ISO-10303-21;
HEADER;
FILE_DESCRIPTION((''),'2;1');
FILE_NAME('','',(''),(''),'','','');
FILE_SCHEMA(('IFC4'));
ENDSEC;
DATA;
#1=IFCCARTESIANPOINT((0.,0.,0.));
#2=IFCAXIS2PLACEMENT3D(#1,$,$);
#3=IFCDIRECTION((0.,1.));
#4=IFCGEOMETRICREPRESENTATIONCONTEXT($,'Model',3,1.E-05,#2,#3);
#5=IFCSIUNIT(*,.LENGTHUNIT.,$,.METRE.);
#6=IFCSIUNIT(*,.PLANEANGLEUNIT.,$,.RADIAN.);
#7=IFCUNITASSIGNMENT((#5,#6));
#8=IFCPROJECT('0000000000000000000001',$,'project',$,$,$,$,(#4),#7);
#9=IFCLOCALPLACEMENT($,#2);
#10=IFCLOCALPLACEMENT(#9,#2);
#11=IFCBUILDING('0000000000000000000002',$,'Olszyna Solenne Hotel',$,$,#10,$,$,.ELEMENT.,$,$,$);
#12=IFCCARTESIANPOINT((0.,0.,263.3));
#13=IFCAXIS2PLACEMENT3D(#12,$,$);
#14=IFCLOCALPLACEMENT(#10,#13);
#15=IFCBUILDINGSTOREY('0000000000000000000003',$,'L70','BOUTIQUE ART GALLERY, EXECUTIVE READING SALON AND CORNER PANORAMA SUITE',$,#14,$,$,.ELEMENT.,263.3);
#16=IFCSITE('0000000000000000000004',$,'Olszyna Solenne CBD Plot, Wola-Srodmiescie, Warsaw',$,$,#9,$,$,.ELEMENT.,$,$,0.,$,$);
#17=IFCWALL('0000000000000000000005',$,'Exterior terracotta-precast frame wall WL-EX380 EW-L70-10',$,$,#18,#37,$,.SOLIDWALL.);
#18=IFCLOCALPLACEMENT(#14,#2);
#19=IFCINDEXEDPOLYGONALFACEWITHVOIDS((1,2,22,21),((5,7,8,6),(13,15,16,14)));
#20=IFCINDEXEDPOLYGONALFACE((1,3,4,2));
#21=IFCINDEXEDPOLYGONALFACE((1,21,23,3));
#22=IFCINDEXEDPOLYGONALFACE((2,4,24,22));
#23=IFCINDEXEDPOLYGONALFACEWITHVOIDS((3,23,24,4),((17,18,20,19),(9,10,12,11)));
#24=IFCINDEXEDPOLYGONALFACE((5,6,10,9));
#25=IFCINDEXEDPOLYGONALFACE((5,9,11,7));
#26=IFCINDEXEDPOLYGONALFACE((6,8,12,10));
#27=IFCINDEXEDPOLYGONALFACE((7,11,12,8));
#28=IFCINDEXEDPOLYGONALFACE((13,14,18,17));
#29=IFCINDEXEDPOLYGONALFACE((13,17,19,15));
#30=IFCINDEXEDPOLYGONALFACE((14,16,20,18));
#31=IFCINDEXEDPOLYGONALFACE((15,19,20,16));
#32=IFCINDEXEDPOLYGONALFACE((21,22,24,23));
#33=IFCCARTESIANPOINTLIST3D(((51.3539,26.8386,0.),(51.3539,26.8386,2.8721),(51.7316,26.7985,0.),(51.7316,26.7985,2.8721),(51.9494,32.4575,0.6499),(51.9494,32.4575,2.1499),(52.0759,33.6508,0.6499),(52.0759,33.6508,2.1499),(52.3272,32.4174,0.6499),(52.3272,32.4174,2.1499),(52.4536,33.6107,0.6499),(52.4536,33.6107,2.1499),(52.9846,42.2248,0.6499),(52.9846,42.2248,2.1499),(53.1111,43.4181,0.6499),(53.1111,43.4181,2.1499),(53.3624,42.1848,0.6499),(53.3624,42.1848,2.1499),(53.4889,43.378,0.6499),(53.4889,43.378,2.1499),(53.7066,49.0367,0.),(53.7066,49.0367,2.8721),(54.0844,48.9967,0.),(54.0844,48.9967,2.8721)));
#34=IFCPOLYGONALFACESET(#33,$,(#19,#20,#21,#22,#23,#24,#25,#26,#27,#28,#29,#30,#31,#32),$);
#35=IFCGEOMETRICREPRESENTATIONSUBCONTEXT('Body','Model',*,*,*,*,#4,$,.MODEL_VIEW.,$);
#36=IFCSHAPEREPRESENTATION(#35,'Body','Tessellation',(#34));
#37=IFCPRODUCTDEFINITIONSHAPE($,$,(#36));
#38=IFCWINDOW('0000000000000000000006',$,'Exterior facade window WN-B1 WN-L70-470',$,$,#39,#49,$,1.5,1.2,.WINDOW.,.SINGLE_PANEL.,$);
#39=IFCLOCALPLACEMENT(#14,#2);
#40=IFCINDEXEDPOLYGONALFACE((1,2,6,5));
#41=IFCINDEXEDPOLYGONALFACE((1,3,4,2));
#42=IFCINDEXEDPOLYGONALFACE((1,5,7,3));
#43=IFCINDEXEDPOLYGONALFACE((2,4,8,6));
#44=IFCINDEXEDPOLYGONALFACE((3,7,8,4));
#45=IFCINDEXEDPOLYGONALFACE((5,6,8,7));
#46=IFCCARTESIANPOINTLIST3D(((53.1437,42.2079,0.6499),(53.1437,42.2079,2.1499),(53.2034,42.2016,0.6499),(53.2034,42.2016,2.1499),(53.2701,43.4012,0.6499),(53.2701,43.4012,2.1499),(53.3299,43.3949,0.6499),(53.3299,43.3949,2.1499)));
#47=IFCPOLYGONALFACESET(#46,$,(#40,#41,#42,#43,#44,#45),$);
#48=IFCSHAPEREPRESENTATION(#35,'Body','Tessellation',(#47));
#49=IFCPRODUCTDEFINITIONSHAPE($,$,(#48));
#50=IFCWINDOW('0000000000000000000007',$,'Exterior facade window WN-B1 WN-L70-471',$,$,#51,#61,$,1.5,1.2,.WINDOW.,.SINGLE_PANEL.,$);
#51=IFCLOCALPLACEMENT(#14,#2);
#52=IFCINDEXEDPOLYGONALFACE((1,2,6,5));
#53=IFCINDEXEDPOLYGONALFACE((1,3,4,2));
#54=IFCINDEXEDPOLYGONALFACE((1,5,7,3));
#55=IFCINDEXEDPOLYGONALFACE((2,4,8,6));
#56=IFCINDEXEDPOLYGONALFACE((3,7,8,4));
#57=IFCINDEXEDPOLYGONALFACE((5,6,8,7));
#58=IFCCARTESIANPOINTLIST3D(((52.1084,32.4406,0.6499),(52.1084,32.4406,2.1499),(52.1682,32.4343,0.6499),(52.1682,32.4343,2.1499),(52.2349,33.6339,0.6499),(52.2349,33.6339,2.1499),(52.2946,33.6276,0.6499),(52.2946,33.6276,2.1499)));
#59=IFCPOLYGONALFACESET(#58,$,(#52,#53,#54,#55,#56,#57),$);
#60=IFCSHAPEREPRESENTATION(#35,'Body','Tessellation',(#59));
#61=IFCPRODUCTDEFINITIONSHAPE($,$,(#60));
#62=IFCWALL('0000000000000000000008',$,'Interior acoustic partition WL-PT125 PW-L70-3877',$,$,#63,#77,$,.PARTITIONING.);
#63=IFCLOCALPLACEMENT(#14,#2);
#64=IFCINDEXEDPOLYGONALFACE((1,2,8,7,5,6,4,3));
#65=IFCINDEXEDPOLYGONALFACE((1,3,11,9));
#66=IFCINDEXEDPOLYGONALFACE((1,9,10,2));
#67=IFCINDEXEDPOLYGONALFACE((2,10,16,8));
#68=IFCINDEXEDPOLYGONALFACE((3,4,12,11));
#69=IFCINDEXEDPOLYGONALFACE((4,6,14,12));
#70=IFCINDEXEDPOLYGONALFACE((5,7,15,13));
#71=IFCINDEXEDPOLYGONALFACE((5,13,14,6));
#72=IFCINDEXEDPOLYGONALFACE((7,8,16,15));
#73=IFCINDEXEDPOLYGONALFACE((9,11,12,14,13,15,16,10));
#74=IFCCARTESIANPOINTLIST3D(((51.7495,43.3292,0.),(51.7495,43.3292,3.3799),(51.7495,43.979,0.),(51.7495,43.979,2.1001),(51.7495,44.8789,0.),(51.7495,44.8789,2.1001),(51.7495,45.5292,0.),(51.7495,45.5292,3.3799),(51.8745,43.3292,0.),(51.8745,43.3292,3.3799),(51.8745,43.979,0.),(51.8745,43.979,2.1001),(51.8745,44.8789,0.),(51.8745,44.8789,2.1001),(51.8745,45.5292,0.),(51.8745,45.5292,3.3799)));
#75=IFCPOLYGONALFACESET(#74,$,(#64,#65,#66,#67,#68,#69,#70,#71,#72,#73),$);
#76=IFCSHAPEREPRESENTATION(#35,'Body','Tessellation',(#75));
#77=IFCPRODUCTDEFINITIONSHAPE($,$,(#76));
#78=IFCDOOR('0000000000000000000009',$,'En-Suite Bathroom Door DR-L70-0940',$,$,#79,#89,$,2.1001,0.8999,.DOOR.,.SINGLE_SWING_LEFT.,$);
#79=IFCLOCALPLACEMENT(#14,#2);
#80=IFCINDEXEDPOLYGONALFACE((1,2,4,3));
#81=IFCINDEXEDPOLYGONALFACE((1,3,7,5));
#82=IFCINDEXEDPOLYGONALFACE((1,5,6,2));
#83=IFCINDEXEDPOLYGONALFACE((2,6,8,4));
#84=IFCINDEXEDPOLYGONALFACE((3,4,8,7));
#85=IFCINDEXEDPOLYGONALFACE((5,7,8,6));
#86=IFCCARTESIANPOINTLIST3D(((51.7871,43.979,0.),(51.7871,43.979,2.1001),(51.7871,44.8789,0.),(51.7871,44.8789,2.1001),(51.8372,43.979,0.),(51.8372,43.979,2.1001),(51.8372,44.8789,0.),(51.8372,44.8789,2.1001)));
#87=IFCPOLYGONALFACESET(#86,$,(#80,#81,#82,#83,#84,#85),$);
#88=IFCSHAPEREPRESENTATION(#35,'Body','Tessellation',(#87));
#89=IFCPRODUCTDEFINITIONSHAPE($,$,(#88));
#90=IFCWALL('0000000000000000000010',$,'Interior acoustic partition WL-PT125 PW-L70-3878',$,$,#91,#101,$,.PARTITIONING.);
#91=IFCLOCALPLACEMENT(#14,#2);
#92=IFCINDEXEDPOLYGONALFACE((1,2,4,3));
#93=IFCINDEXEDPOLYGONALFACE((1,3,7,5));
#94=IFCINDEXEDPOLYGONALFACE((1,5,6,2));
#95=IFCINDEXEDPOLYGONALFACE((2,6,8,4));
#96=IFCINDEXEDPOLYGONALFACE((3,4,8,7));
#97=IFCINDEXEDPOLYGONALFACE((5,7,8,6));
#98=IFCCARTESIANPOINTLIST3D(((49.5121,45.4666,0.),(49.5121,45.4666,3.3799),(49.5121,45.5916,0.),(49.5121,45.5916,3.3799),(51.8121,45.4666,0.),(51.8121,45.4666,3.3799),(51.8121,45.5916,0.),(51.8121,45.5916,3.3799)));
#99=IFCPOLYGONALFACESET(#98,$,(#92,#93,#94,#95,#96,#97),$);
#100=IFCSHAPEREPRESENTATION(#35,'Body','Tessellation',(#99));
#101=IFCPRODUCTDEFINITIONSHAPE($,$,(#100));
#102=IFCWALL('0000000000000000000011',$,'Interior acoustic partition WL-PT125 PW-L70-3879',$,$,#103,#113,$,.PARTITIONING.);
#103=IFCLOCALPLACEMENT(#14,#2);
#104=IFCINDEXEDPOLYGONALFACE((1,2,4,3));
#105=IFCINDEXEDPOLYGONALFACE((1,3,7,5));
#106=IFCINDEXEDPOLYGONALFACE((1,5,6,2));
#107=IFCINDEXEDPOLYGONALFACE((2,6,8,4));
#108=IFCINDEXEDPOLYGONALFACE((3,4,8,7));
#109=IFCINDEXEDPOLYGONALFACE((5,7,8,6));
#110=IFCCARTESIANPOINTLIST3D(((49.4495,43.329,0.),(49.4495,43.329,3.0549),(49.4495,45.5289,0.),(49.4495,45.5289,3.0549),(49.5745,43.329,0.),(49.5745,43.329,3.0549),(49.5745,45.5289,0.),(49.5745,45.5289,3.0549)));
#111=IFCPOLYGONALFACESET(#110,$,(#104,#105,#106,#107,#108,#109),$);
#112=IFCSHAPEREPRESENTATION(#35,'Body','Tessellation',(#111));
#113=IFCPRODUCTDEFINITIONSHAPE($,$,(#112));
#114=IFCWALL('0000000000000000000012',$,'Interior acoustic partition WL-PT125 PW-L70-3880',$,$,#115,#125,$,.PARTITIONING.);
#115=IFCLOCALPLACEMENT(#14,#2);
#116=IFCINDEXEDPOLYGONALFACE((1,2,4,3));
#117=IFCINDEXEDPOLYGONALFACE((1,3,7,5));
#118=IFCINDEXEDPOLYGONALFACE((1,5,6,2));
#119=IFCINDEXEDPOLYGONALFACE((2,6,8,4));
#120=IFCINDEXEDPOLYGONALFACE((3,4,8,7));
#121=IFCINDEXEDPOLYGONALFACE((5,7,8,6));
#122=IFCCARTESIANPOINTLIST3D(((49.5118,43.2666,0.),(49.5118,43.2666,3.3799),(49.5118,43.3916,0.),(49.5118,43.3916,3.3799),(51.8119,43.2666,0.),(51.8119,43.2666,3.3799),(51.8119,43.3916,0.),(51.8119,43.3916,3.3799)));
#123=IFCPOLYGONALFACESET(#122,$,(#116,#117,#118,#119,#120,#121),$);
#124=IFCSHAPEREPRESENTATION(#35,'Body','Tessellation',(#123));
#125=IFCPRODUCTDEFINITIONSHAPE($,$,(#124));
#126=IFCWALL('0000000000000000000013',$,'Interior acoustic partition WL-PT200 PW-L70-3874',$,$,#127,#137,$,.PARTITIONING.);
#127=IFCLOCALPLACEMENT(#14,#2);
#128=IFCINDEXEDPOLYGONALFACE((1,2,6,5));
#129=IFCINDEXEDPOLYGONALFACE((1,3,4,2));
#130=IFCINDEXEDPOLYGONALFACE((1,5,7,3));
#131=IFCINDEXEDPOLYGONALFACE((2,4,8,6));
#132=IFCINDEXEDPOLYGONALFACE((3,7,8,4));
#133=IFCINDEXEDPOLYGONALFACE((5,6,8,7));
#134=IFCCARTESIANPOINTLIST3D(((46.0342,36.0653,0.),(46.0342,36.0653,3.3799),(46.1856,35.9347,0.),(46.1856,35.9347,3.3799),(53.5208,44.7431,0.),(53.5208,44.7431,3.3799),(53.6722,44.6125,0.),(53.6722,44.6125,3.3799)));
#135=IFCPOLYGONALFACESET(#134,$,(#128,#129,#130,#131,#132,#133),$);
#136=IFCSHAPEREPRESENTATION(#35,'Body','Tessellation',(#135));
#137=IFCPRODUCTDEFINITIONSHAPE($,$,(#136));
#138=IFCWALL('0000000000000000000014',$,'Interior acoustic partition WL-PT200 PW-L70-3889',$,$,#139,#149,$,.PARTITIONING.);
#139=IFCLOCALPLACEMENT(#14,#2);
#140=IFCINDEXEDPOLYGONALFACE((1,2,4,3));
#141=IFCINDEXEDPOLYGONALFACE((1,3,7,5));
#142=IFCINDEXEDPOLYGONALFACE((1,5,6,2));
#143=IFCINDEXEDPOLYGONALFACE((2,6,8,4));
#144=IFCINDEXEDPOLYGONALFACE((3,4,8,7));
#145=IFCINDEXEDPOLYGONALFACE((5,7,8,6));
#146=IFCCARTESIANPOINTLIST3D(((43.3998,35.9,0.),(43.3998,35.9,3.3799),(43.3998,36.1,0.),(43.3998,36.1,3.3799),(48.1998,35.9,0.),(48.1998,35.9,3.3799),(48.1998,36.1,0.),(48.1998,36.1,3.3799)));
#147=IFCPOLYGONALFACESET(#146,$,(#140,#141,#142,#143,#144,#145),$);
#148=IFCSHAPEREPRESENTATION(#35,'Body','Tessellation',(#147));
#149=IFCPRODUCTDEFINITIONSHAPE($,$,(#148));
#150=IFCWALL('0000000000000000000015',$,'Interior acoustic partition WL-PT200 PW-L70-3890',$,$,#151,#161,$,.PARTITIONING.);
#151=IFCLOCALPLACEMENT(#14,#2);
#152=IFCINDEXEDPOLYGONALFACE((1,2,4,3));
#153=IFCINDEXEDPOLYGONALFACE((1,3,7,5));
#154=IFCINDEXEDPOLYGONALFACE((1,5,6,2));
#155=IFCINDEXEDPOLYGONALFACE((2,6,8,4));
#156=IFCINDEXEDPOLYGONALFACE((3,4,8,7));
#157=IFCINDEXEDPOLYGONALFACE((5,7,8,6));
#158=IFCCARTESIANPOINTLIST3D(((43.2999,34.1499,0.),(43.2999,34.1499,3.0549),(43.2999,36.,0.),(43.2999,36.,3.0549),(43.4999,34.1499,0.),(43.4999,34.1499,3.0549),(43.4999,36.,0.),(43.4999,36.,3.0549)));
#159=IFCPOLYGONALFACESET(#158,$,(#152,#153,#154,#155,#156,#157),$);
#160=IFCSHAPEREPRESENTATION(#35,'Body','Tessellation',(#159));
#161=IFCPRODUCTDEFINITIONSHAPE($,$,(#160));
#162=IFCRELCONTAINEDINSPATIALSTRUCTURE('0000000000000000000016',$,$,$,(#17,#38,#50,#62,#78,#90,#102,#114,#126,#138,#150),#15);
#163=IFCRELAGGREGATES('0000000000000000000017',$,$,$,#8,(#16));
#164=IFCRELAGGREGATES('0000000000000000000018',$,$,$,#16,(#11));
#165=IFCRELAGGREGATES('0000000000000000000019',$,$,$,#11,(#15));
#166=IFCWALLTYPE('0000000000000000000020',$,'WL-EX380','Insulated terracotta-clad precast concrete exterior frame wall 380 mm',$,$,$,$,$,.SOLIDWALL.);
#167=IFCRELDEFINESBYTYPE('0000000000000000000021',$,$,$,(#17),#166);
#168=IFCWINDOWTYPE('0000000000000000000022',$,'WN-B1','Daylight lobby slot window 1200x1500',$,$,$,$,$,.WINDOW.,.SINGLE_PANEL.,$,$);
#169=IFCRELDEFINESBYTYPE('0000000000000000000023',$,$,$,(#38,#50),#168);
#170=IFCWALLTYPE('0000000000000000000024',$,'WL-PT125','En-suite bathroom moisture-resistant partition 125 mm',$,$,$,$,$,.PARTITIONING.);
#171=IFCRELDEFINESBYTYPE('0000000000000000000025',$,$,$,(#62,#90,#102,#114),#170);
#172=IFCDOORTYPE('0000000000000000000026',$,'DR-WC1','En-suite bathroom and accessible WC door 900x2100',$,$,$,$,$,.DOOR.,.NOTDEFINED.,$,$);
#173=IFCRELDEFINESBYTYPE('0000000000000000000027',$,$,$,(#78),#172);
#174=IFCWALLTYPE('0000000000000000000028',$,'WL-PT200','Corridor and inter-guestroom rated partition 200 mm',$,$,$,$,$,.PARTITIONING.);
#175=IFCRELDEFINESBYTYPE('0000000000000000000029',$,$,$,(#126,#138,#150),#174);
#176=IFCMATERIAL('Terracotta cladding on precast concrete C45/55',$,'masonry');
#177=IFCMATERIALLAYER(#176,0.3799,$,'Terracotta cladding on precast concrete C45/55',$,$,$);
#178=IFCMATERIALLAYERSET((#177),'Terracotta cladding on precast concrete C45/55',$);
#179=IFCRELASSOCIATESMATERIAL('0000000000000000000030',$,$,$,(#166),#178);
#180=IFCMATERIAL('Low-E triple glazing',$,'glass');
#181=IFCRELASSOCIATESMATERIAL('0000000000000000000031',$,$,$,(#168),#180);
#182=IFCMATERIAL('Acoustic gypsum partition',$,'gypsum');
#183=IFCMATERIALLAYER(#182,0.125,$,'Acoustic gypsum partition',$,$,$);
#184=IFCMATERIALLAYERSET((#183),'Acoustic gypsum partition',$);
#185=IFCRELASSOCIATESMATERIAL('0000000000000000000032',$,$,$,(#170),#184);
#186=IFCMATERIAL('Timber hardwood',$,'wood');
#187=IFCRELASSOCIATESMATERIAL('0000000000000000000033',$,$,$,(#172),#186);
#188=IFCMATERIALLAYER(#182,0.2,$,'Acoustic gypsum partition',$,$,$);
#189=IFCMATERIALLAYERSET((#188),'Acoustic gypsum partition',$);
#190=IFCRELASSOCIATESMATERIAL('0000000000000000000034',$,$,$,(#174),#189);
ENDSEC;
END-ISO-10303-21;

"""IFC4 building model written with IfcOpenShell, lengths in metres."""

from ifc_helpers import new_model, si_unit, direction, frame, frame_2d, origin, place, context, subcontext, project, spatial, rectangle, extrude, source, transform, mapped, material, layer, layer_set, type_object, type_shapes, element, fill, save


model = new_model("IFC4")

# Units and contexts
model_context = context("Model", 3, precision=1e-05, world=origin(), true_north=direction((0.0, 1.0)))
body_context = subcontext(model_context, "Body", "Model", "MODEL_VIEW")
ifc_project = project(units=[si_unit("LENGTHUNIT", "METRE"), si_unit("PLANEANGLEUNIT", "RADIAN")], contexts=[model_context])

# Site, building, storey
site_placement = place(None, origin())
site = spatial("IfcSite", under=ifc_project, at=site_placement, Name="Olszyna Solenne CBD Plot, Wola-Srodmiescie, Warsaw", CompositionType="ELEMENT", RefElevation=0.0)
building_placement = place(site_placement, origin())
building = spatial("IfcBuilding", under=site, at=building_placement, Name="Olszyna Solenne Hotel", CompositionType="ELEMENT")
storey_placement = place(building_placement, frame((0.0, 0.0, 263.3)))
storey = spatial("IfcBuildingStorey", under=building, at=storey_placement, Name="L70", Description="BOUTIQUE ART GALLERY, EXECUTIVE READING SALON AND CORNER PANORAMA SUITE", CompositionType="ELEMENT", Elevation=263.3)

# Shared definitions
ifc_material_1 = material(Name="Terracotta cladding on precast concrete C45/55", Category="masonry")
ifc_layer_1 = layer(ifc_material_1, 0.3799, Name="Terracotta cladding on precast concrete C45/55")
ifc_layer_set_1 = layer_set([ifc_layer_1], Name="Terracotta cladding on precast concrete C45/55")
wall_type_1 = type_object("IfcWallType", Name="WL-EX380", Description="Insulated terracotta-clad precast concrete exterior frame wall 380 mm", PredefinedType="SOLIDWALL", material=ifc_layer_set_1)

# Wall, openings, windows
wall_1_placement = place(storey_placement, frame((53.8955, 49.0166, 0.0), z_axis=(0.0, 0.0, 1.0), x_axis=(-0.105399, -0.99443, 0.0)))
wall_1 = element("IfcWall", 1, at=wall_1_placement, inside=storey, type_object=wall_type_1, Name="Exterior terracotta-precast frame wall WL-EX380 EW-L70-10", PredefinedType="SOLIDWALL", context=body_context, shape_type="SweptSolid", body=[
    extrude(rectangle(XDim=22.3225, YDim=0.3799, at=frame_2d((11.1611, 0.0))), origin(), (0.0, 0.0, 1.0), 2.8721),
])
opening_1_placement = place(wall_1_placement, frame((5.6499, 0.0, 0.6499)))
opening_1 = element("IfcOpeningElement", 2, at=opening_1_placement, cuts=wall_1, PredefinedType="OPENING", context=body_context, shape_type="SweptSolid", body=[
    extrude(rectangle(XDim=1.2, YDim=1.5, at=frame_2d((0.6001, 0.75))), frame((0.0, 0.2, 0.0), z_axis=(0.0, -1.0, 0.0), x_axis=(1.0, 0.0, 0.0)), (0.0, 0.0, 1.0), 0.3999),
])
opening_2_placement = place(wall_1_placement, frame((15.4719, 0.0, 0.6499)))
opening_2 = element("IfcOpeningElement", 3, at=opening_2_placement, cuts=wall_1, PredefinedType="OPENING", context=body_context, shape_type="SweptSolid", body=[
    extrude(rectangle(XDim=1.2, YDim=1.5, at=frame_2d((0.6001, 0.75))), frame((0.0, 0.2, 0.0), z_axis=(0.0, -1.0, 0.0), x_axis=(1.0, 0.0, 0.0)), (0.0, 0.0, 1.0), 0.3999),
])
ifc_material_2 = material(Name="Low-E triple glazing", Category="glass")
window_type = type_object("IfcWindowType", Name="WN-B1", Description="Daylight lobby slot window 1200x1500", PartitioningType="SINGLE_PANEL", PredefinedType="WINDOW", material=ifc_material_2)
shared_shape_1 = source(origin(), body_context, "Body", "SweptSolid", [
    extrude(rectangle(XDim=1.2, YDim=1.5, at=frame_2d((0.6001, 0.75))), frame((0.0, 0.03, 0.0), z_axis=(0.0, -1.0, 0.0), x_axis=(1.0, 0.0, 0.0)), (0.0, 0.0, 1.0), 0.0601),
])
type_shapes(window_type, [shared_shape_1])
window_1_placement = place(opening_1_placement, origin())
window_1 = element("IfcWindow", 4, at=window_1_placement, inside=storey, type_object=window_type, Name="Exterior facade window WN-B1 WN-L70-470", OverallHeight=1.5, OverallWidth=1.2, PartitioningType="SINGLE_PANEL", PredefinedType="WINDOW", context=body_context, shape_type="MappedRepresentation", body=[
    mapped(shared_shape_1, transform((0.0, 0.0, 0.0), x_axis=(1.0, 0.0, 0.0), y_axis=(0.0, 1.0, 0.0), z_axis=(0.0, 0.0, 1.0), scale=1.0)),
])
fill(opening_1, window_1)
window_2_placement = place(opening_2_placement, origin())
window_2 = element("IfcWindow", 5, at=window_2_placement, inside=storey, type_object=window_type, Name="Exterior facade window WN-B1 WN-L70-471", OverallHeight=1.5, OverallWidth=1.2, PartitioningType="SINGLE_PANEL", PredefinedType="WINDOW", context=body_context, shape_type="MappedRepresentation", body=[
    mapped(shared_shape_1, transform((0.0, 0.0, 0.0), x_axis=(1.0, 0.0, 0.0), y_axis=(0.0, 1.0, 0.0), z_axis=(0.0, 0.0, 1.0), scale=1.0)),
])
fill(opening_2, window_2)

# Wall, opening, door
ifc_material_3 = material(Name="Acoustic gypsum partition", Category="gypsum")
ifc_layer_2 = layer(ifc_material_3, 0.125, Name="Acoustic gypsum partition")
ifc_layer_set_2 = layer_set([ifc_layer_2], Name="Acoustic gypsum partition")
wall_type_2 = type_object("IfcWallType", Name="WL-PT125", Description="En-suite bathroom moisture-resistant partition 125 mm", PredefinedType="PARTITIONING", material=ifc_layer_set_2)
wall_2_placement = place(storey_placement, frame((51.812, 43.3291, 0.0), z_axis=(0.0, 0.0, 1.0), x_axis=(0.0, 1.0, 0.0)))
wall_2 = element("IfcWall", 6, at=wall_2_placement, inside=storey, type_object=wall_type_2, Name="Interior acoustic partition WL-PT125 PW-L70-3877", PredefinedType="PARTITIONING", context=body_context, shape_type="SweptSolid", body=[
    extrude(rectangle(XDim=2.2, YDim=0.125, at=frame_2d((1.1001, 0.0))), origin(), (0.0, 0.0, 1.0), 3.3799),
])
opening_3_placement = place(wall_2_placement, frame((0.6499, 0.0, 0.0)))
opening_3 = element("IfcOpeningElement", 7, at=opening_3_placement, cuts=wall_2, PredefinedType="OPENING", context=body_context, shape_type="SweptSolid", body=[
    extrude(rectangle(XDim=0.8999, YDim=2.1001, at=frame_2d((0.45, 1.05))), frame((0.0, 0.0725, 0.0), z_axis=(0.0, -1.0, 0.0), x_axis=(1.0, 0.0, 0.0)), (0.0, 0.0, 1.0), 0.145),
])
ifc_material_4 = material(Name="Timber hardwood", Category="wood")
door_type = type_object("IfcDoorType", Name="DR-WC1", Description="En-suite bathroom and accessible WC door 900x2100", OperationType="NOTDEFINED", PredefinedType="DOOR", material=ifc_material_4)
shared_shape_2 = source(origin(), body_context, "Body", "SweptSolid", [
    extrude(rectangle(XDim=0.8999, YDim=2.1001, at=frame_2d((0.45, 1.05))), frame((0.0, 0.0249, 0.0), z_axis=(0.0, -1.0, 0.0), x_axis=(1.0, 0.0, 0.0)), (0.0, 0.0, 1.0), 0.05),
])
type_shapes(door_type, [shared_shape_2])
door_placement = place(opening_3_placement, origin())
door = element("IfcDoor", 8, at=door_placement, inside=storey, type_object=door_type, Name="En-Suite Bathroom Door DR-L70-0940", OperationType="SINGLE_SWING_LEFT", OverallHeight=2.1001, OverallWidth=0.8999, PredefinedType="DOOR", context=body_context, shape_type="MappedRepresentation", body=[
    mapped(shared_shape_2, transform((0.0, 0.0, 0.0), x_axis=(1.0, 0.0, 0.0), y_axis=(0.0, 1.0, 0.0), z_axis=(0.0, 0.0, 1.0), scale=1.0)),
])
fill(opening_3, door)

# Walls
wall_3_placement = place(storey_placement, frame((51.812, 45.5291, 0.0), z_axis=(0.0, 0.0, 1.0), x_axis=(-1.0, 0.0, 0.0)))
element("IfcWall", 9, at=wall_3_placement, inside=storey, type_object=wall_type_2, Name="Interior acoustic partition WL-PT125 PW-L70-3878", PredefinedType="PARTITIONING", context=body_context, shape_type="SweptSolid", body=[
    extrude(rectangle(XDim=2.3, YDim=0.125, at=frame_2d((1.1499, 0.0))), origin(), (0.0, 0.0, 1.0), 3.3799),
])
wall_4_placement = place(storey_placement, frame((49.512, 45.5291, 0.0), z_axis=(0.0, 0.0, 1.0), x_axis=(0.0, -1.0, 0.0)))
element("IfcWall", 10, at=wall_4_placement, inside=storey, type_object=wall_type_2, Name="Interior acoustic partition WL-PT125 PW-L70-3879", PredefinedType="PARTITIONING", context=body_context, shape_type="SweptSolid", body=[
    extrude(rectangle(XDim=2.2, YDim=0.125, at=frame_2d((1.1001, 0.0))), origin(), (0.0, 0.0, 1.0), 3.0549),
])
wall_5_placement = place(storey_placement, frame((49.512, 43.3291, 0.0), z_axis=(0.0, 0.0, 1.0), x_axis=(1.0, 0.0, 0.0)))
element("IfcWall", 11, at=wall_5_placement, inside=storey, type_object=wall_type_2, Name="Interior acoustic partition WL-PT125 PW-L70-3880", PredefinedType="PARTITIONING", context=body_context, shape_type="SweptSolid", body=[
    extrude(rectangle(XDim=2.3, YDim=0.125, at=frame_2d((1.1499, 0.0))), origin(), (0.0, 0.0, 1.0), 3.3799),
])
ifc_layer_3 = layer(ifc_material_3, 0.2, Name="Acoustic gypsum partition")
ifc_layer_set_3 = layer_set([ifc_layer_3], Name="Acoustic gypsum partition")
wall_type_3 = type_object("IfcWallType", Name="WL-PT200", Description="Corridor and inter-guestroom rated partition 200 mm", PredefinedType="PARTITIONING", material=ifc_layer_set_3)
wall_6_placement = place(storey_placement, frame((46.1099, 36.0, 0.0), z_axis=(0.0, 0.0, 1.0), x_axis=(0.653228, 0.757161, 0.0)))
element("IfcWall", 12, at=wall_6_placement, inside=storey, type_object=wall_type_3, Name="Interior acoustic partition WL-PT200 PW-L70-3874", PredefinedType="PARTITIONING", context=body_context, shape_type="SweptSolid", body=[
    extrude(rectangle(XDim=11.4609, YDim=0.2, at=frame_2d((5.7305, 0.0))), origin(), (0.0, 0.0, 1.0), 3.3799),
])
wall_7_placement = place(storey_placement, frame((43.3999, 36.0, 0.0), z_axis=(0.0, 0.0, 1.0), x_axis=(1.0, 0.0, 0.0)))
element("IfcWall", 13, at=wall_7_placement, inside=storey, type_object=wall_type_3, Name="Interior acoustic partition WL-PT200 PW-L70-3889", PredefinedType="PARTITIONING", context=body_context, shape_type="SweptSolid", body=[
    extrude(rectangle(XDim=4.8, YDim=0.2, at=frame_2d((2.3999, 0.0))), origin(), (0.0, 0.0, 1.0), 3.3799),
])
wall_8_placement = place(storey_placement, frame((43.3999, 34.1499, 0.0), z_axis=(0.0, 0.0, 1.0), x_axis=(0.0, 1.0, 0.0)))
element("IfcWall", 14, at=wall_8_placement, inside=storey, type_object=wall_type_3, Name="Interior acoustic partition WL-PT200 PW-L70-3890", PredefinedType="PARTITIONING", context=body_context, shape_type="SweptSolid", body=[
    extrude(rectangle(XDim=1.8501, YDim=0.2, at=frame_2d((0.925, 0.0))), origin(), (0.0, 0.0, 1.0), 3.0549),
])

save(model, "model.ifc")
